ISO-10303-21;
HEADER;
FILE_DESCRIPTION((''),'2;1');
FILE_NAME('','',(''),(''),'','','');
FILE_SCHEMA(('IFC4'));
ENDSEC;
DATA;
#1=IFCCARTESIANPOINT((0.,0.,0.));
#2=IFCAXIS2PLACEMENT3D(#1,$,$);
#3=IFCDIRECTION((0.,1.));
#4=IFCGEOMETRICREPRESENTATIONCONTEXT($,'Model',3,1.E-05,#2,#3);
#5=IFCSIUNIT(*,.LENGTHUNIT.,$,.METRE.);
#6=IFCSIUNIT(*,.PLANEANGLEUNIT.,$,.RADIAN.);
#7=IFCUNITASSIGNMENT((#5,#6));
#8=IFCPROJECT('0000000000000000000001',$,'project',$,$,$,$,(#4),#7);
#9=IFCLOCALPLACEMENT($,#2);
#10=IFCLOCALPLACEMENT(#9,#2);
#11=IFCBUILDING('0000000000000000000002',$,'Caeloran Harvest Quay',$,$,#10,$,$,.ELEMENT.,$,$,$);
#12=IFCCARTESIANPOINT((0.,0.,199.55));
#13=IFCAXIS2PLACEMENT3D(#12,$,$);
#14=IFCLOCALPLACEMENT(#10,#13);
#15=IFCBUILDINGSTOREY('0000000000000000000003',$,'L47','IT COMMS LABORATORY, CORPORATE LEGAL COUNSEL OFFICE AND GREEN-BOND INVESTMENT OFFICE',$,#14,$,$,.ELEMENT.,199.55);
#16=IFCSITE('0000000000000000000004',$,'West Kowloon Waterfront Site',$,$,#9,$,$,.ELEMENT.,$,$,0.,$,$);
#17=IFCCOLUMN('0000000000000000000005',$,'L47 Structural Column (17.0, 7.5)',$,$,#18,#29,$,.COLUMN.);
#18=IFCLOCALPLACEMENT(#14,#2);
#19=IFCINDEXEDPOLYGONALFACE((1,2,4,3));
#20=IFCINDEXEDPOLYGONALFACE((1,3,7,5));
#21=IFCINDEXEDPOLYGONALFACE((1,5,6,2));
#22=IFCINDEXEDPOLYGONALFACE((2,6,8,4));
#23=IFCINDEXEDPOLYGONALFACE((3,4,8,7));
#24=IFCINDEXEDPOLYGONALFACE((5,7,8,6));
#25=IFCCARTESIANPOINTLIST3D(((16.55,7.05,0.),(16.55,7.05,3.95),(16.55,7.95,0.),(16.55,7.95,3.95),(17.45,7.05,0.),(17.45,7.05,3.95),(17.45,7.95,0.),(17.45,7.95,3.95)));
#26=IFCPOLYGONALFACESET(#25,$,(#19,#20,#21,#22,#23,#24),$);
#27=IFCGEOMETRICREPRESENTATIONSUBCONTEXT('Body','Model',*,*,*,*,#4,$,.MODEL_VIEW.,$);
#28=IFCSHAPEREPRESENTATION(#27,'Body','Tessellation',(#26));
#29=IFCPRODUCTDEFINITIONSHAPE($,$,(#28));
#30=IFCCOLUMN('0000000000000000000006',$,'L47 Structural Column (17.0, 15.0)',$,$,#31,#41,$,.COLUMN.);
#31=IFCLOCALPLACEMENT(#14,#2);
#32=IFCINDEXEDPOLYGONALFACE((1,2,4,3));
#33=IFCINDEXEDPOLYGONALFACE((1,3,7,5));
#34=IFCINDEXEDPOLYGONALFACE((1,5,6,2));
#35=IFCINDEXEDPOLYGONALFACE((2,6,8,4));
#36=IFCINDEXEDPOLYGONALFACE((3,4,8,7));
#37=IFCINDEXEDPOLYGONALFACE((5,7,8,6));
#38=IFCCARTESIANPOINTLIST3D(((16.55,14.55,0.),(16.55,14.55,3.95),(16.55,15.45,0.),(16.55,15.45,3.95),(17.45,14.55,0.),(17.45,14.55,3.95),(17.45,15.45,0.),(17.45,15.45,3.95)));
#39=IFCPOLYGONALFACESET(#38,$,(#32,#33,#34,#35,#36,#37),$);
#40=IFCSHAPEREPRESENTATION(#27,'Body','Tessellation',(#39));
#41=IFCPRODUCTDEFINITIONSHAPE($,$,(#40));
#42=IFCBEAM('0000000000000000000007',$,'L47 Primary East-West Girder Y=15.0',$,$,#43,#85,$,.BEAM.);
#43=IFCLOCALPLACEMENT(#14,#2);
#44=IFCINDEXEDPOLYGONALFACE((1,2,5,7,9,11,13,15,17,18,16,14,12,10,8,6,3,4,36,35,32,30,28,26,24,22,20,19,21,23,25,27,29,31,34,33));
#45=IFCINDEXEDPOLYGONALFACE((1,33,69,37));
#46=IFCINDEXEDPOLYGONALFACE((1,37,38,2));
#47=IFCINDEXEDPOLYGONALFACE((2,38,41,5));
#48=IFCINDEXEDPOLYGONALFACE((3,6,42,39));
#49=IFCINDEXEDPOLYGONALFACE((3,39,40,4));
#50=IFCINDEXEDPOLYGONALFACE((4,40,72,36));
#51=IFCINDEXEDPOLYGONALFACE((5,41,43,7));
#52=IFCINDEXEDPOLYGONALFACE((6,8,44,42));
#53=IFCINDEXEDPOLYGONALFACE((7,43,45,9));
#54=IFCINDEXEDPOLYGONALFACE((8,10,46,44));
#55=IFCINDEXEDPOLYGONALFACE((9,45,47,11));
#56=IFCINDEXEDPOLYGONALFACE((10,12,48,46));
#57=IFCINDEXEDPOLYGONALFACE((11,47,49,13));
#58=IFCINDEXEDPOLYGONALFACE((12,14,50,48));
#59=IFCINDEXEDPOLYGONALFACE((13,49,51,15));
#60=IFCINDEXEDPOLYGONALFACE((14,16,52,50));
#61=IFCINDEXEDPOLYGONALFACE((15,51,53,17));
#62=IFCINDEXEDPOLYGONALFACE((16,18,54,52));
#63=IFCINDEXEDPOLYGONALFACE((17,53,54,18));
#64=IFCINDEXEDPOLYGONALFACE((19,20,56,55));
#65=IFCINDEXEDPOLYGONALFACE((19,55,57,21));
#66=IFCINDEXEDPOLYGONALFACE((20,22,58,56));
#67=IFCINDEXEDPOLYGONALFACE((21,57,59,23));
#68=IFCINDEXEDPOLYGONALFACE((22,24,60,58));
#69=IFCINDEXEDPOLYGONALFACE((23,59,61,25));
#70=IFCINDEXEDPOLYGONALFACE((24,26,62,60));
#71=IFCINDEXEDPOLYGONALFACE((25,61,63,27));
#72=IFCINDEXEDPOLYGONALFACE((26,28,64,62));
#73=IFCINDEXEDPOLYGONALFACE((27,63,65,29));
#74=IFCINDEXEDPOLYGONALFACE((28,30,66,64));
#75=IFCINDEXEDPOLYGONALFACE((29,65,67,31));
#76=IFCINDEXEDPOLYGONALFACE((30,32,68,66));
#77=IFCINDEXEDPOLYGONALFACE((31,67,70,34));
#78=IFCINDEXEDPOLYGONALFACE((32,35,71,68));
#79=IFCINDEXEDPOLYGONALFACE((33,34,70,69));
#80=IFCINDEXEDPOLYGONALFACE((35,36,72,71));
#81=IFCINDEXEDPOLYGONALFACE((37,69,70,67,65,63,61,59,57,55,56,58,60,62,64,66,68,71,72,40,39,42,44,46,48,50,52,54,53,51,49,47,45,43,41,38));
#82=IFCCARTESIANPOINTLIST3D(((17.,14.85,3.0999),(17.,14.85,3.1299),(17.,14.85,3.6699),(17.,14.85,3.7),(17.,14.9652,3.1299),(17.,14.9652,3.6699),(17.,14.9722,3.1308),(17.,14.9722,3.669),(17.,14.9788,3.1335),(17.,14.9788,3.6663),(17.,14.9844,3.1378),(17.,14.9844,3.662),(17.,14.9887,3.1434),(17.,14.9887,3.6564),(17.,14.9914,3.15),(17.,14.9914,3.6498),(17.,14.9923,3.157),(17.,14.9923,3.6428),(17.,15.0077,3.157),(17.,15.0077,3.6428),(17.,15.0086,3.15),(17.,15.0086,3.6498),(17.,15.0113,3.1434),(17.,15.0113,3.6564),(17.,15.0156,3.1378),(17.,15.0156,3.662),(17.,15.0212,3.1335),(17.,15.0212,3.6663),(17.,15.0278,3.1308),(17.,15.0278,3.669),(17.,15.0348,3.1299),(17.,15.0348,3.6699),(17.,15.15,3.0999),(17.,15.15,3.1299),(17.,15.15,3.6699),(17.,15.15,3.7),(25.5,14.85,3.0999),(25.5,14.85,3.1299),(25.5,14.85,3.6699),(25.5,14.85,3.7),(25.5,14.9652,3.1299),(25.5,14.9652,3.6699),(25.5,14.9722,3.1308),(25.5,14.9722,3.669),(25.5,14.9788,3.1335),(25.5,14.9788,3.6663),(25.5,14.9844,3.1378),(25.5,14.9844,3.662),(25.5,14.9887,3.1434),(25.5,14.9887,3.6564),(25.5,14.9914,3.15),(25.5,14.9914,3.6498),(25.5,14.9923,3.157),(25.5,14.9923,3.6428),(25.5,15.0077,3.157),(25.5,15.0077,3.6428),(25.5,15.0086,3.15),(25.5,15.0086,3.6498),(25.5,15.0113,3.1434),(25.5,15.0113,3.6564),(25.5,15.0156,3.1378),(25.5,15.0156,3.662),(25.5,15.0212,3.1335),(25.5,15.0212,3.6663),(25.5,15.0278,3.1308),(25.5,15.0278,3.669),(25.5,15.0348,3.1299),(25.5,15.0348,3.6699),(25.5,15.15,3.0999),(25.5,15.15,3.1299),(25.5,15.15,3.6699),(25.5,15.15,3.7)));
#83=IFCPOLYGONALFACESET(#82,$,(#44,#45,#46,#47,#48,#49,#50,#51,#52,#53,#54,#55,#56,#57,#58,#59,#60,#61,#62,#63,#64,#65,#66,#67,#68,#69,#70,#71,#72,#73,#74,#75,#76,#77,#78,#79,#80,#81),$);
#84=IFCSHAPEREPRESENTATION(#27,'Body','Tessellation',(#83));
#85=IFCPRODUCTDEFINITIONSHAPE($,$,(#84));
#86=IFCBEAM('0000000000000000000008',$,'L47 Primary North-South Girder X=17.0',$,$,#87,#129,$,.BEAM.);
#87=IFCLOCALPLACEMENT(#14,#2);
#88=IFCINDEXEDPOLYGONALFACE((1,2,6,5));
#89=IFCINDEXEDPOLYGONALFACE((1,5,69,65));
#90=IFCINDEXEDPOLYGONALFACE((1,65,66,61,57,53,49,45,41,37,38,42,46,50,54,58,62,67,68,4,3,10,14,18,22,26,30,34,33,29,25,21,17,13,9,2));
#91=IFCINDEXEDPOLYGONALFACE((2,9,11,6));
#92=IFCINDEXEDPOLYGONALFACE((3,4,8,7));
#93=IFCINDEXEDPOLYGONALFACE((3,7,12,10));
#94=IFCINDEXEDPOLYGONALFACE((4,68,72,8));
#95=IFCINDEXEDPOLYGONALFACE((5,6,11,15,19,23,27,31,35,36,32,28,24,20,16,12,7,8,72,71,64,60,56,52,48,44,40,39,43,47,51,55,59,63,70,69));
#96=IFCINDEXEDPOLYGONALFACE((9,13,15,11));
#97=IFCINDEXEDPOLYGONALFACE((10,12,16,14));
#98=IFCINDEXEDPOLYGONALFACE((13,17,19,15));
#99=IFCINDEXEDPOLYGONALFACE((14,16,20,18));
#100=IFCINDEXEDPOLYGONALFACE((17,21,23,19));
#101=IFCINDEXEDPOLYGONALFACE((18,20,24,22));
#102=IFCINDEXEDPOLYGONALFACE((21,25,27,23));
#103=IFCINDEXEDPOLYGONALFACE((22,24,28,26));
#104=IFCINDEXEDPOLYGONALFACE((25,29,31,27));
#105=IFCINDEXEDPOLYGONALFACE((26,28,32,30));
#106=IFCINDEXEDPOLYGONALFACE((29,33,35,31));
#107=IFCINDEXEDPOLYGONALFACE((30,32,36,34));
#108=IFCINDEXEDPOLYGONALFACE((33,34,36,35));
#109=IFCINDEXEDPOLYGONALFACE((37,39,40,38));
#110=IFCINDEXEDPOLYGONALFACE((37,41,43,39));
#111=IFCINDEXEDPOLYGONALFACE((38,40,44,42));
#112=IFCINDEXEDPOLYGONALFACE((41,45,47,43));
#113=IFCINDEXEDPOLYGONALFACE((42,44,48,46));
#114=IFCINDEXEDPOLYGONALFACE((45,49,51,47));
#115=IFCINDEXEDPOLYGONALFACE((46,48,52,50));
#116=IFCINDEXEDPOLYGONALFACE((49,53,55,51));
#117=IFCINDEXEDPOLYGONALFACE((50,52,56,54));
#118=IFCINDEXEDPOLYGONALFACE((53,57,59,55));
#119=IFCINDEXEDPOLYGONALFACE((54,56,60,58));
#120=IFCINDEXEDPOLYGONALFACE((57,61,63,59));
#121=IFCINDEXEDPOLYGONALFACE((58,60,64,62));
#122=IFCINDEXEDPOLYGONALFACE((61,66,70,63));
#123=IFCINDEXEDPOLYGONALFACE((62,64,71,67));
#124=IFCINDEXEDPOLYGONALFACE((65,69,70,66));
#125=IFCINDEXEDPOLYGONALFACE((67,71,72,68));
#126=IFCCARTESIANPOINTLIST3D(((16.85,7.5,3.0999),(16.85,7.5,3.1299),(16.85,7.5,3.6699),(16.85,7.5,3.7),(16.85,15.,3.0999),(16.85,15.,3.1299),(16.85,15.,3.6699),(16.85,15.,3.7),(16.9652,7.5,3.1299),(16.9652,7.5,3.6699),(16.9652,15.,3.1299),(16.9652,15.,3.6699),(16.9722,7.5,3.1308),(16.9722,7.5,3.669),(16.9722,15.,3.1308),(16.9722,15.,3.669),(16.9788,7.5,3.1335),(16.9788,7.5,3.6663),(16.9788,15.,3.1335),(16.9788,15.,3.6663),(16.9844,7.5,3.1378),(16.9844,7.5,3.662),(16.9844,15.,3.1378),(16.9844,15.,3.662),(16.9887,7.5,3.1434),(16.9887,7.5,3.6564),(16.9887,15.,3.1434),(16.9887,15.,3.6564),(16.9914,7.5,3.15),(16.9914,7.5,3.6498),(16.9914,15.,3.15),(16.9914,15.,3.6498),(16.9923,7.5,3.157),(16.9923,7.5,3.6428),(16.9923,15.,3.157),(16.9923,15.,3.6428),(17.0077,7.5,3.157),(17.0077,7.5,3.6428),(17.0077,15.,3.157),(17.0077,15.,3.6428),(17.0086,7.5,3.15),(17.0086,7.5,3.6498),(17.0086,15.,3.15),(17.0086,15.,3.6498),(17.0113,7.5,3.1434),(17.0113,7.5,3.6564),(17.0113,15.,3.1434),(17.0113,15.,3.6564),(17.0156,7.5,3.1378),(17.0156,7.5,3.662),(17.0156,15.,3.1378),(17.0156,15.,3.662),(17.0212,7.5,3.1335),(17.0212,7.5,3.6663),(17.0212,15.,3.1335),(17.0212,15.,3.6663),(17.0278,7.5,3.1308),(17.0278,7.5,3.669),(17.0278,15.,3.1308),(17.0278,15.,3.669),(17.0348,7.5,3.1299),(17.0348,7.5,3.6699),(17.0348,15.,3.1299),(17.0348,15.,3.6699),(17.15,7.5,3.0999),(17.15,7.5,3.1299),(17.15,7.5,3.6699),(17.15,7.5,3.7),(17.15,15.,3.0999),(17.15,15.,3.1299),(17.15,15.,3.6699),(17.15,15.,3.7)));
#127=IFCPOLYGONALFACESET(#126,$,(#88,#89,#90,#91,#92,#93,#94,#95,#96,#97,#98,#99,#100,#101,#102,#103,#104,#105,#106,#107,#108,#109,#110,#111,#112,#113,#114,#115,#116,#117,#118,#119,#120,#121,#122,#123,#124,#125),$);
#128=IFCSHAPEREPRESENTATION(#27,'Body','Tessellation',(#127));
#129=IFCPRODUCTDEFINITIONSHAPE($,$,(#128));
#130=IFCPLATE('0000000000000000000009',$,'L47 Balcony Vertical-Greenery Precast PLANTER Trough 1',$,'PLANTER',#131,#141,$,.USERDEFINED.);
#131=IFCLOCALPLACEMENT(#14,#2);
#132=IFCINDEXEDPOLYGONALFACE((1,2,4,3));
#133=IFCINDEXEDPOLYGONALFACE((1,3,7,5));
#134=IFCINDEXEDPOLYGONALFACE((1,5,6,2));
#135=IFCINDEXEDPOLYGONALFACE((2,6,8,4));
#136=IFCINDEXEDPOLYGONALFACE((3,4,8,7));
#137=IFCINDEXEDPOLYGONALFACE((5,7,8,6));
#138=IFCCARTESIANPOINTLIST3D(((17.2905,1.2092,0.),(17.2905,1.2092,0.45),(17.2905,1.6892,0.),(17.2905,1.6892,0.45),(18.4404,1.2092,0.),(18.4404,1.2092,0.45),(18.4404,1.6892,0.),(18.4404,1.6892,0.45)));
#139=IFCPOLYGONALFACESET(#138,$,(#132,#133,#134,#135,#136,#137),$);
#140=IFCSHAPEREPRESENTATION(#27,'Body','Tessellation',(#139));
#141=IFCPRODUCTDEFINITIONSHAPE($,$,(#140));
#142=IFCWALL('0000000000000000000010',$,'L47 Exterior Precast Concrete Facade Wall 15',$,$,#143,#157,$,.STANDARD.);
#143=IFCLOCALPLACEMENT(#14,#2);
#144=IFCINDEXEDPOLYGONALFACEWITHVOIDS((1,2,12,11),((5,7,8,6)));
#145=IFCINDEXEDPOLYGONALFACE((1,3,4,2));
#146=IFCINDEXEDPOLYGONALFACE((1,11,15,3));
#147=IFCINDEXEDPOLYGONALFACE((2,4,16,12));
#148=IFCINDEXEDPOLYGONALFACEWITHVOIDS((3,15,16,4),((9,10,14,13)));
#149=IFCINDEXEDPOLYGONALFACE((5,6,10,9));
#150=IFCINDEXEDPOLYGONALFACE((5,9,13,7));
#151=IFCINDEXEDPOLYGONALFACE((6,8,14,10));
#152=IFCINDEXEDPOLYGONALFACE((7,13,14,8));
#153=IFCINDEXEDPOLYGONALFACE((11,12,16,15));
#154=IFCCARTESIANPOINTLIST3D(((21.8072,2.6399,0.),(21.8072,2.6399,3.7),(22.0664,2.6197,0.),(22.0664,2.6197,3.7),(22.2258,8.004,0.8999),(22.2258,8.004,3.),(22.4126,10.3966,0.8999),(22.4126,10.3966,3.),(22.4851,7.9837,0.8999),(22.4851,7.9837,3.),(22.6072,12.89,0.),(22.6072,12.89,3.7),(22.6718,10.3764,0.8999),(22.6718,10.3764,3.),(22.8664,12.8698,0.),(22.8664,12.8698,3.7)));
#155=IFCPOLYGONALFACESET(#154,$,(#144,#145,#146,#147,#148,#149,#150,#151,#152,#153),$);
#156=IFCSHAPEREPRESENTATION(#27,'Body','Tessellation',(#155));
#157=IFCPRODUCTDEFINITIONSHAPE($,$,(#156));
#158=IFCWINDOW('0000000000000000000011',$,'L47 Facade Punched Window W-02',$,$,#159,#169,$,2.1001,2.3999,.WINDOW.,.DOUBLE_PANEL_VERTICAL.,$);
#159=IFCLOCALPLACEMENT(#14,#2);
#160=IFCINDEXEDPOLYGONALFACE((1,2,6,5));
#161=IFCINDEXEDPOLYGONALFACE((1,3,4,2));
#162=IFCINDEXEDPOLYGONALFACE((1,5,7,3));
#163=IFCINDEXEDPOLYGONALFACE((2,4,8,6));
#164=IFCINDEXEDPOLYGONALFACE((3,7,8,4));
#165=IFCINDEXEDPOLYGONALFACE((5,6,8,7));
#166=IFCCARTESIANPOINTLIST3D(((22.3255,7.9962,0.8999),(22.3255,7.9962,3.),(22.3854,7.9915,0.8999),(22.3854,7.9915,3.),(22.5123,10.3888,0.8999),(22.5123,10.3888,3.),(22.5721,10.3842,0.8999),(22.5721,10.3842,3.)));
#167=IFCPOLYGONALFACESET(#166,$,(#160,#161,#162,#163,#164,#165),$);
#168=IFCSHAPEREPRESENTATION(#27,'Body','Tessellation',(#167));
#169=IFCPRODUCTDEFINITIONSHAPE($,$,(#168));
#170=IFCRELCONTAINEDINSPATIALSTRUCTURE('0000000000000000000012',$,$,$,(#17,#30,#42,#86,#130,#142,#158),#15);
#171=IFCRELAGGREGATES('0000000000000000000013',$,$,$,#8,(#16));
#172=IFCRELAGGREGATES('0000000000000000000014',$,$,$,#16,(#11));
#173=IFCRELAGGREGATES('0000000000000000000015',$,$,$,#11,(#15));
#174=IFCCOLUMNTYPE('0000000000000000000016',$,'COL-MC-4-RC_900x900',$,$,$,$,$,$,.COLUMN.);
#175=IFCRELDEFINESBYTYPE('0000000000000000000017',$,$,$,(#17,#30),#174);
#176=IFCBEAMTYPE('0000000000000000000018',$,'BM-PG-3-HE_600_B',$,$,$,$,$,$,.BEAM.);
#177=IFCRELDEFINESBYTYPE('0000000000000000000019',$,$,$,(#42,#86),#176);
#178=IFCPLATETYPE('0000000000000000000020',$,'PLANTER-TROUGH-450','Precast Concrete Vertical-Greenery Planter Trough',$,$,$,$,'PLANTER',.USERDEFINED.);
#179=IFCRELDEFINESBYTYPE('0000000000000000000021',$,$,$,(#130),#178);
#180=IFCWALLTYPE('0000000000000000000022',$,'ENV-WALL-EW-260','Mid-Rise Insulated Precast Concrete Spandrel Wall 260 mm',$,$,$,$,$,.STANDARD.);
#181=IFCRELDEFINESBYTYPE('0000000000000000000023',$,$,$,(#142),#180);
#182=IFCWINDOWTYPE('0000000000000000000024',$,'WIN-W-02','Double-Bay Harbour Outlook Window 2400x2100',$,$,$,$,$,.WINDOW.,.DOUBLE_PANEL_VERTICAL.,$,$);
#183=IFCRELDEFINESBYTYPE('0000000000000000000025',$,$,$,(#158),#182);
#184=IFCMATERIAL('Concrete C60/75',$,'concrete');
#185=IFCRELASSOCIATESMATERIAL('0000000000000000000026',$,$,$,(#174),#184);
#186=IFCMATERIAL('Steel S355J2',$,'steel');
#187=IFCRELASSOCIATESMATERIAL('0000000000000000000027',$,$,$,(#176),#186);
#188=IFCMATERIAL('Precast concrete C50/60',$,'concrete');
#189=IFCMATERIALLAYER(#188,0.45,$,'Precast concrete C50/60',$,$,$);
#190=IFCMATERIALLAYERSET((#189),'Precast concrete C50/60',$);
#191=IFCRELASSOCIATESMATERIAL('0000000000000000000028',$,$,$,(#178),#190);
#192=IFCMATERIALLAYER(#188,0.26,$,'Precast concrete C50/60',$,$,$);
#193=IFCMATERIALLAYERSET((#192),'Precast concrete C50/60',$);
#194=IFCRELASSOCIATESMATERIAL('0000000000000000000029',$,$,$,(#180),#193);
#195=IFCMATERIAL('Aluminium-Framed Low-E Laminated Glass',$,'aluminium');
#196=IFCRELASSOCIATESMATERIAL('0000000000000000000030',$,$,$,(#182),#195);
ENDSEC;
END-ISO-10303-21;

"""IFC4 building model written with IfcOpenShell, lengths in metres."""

from ifc_helpers import new_model, si_unit, direction, frame, frame_2d, origin, origin_2d, place, context, subcontext, project, spatial, rectangle, i_section, extrude, material, layer, layer_set, material_profile, profile_set, type_object, element, fill, save


model = new_model("IFC4")

# Units and contexts
model_context = context("Model", 3, precision=1e-05, world=origin(), true_north=direction((0.0, 1.0)))
body_context = subcontext(model_context, "Body", "Model", "MODEL_VIEW")
ifc_project = project(units=[si_unit("LENGTHUNIT", "METRE"), si_unit("PLANEANGLEUNIT", "RADIAN")], contexts=[model_context])

# Site, building, storey
site_placement = place(None, origin())
site = spatial("IfcSite", under=ifc_project, at=site_placement, Name="West Kowloon Waterfront Site", CompositionType="ELEMENT", RefElevation=0.0)
building_placement = place(site_placement, origin())
building = spatial("IfcBuilding", under=site, at=building_placement, Name="Caeloran Harvest Quay", CompositionType="ELEMENT")
storey_placement = place(building_placement, frame((0.0, 0.0, 199.55)))
storey = spatial("IfcBuildingStorey", under=building, at=storey_placement, Name="L47", Description="IT COMMS LABORATORY, CORPORATE LEGAL COUNSEL OFFICE AND GREEN-BOND INVESTMENT OFFICE", CompositionType="ELEMENT", Elevation=199.55)

# Columns
ifc_material_1 = material(Name="Concrete C60/75", Category="concrete")
ifc_material_profile_1 = material_profile(ifc_material_1, rectangle(XDim=0.8999, YDim=0.8999, at=origin_2d()), Name="RC 900x900")
ifc_profile_set_1 = profile_set([ifc_material_profile_1], Name="Concrete C60/75")
column_type = type_object("IfcColumnType", Name="COL-MC-4-RC_900x900", PredefinedType="COLUMN", material=ifc_profile_set_1)
for number, where, z_axis, x_axis, name in (
    (1, (17.0, 7.5, 0.0), (0.0, 0.0, 1.0), (1.0, 0.0, 0.0), "L47 Structural Column (17.0, 7.5)"),
    (2, (17.0, 15.0, 0.0), (0.0, 0.0, 1.0), (1.0, 0.0, 0.0), "L47 Structural Column (17.0, 15.0)"),
):
    element("IfcColumn", number, at=place(storey_placement, frame(where, z_axis=z_axis, x_axis=x_axis)), inside=storey, type_object=column_type, Name=name, PredefinedType="COLUMN", context=body_context, shape_type="SweptSolid", body=[
        extrude(rectangle(XDim=0.8999, YDim=0.8999, at=origin_2d()), origin(), (0.0, 0.0, 1.0), 3.95),
    ])

# Beams
ifc_material_2 = material(Name="Steel S355J2", Category="steel")
ifc_material_profile_2 = material_profile(ifc_material_2, i_section(OverallWidth=0.3, OverallDepth=0.6001, WebThickness=0.0154, FlangeThickness=0.03, FilletRadius=0.0271, at=origin_2d()), Name="HE 600 B")
ifc_profile_set_2 = profile_set([ifc_material_profile_2], Name="Steel S355J2")
beam_type = type_object("IfcBeamType", Name="BM-PG-3-HE_600_B", PredefinedType="BEAM", material=ifc_profile_set_2)
beam_1_placement = place(storey_placement, frame((17.0, 15.0, 3.3999), z_axis=(1.0, 0.0, 0.0), x_axis=(0.0, 1.0, 0.0)))
element("IfcBeam", 3, at=beam_1_placement, inside=storey, type_object=beam_type, Name="L47 Primary East-West Girder Y=15.0", PredefinedType="BEAM", context=body_context, shape_type="SweptSolid", body=[
    extrude(i_section(OverallWidth=0.3, OverallDepth=0.6001, WebThickness=0.0154, FlangeThickness=0.03, FilletRadius=0.0271, at=origin_2d()), origin(), (0.0, 0.0, 1.0), 8.5),
])
beam_2_placement = place(storey_placement, frame((17.0, 7.5, 3.3999), z_axis=(0.0, 1.0, 0.0), x_axis=(-1.0, 0.0, 0.0)))
element("IfcBeam", 4, at=beam_2_placement, inside=storey, type_object=beam_type, Name="L47 Primary North-South Girder X=17.0", PredefinedType="BEAM", context=body_context, shape_type="SweptSolid", body=[
    extrude(i_section(OverallWidth=0.3, OverallDepth=0.6001, WebThickness=0.0154, FlangeThickness=0.03, FilletRadius=0.0271, at=origin_2d()), origin(), (0.0, 0.0, 1.0), 7.5),
])

# Plate
ifc_material_3 = material(Name="Precast concrete C50/60", Category="concrete")
ifc_layer_1 = layer(ifc_material_3, 0.45, Name="Precast concrete C50/60")
ifc_layer_set_1 = layer_set([ifc_layer_1], Name="Precast concrete C50/60")
plate_type = type_object("IfcPlateType", Name="PLANTER-TROUGH-450", Description="Precast Concrete Vertical-Greenery Planter Trough", ElementType="PLANTER", PredefinedType="USERDEFINED", material=ifc_layer_set_1)
plate_placement = place(storey_placement, frame((17.8655, 1.4492, 0.0), z_axis=(0.0, 0.0, 1.0), x_axis=(1.0, 0.0, 0.0)))
element("IfcPlate", 5, at=plate_placement, inside=storey, type_object=plate_type, Name="L47 Balcony Vertical-Greenery Precast PLANTER Trough 1", ObjectType="PLANTER", PredefinedType="USERDEFINED", context=body_context, shape_type="SweptSolid", body=[
    extrude(rectangle(XDim=1.1499, YDim=0.48, at=origin_2d()), origin(), (0.0, 0.0, 1.0), 0.45),
])

# Wall, opening, window
ifc_layer_2 = layer(ifc_material_3, 0.26, Name="Precast concrete C50/60")
ifc_layer_set_2 = layer_set([ifc_layer_2], Name="Precast concrete C50/60")
wall_type_1 = type_object("IfcWallType", Name="ENV-WALL-EW-260", Description="Mid-Rise Insulated Precast Concrete Spandrel Wall 260 mm", PredefinedType="STANDARD", material=ifc_layer_set_2)
wall_1_placement = place(storey_placement, frame((22.7368, 12.8799, 0.0), z_axis=(0.0, 0.0, 1.0), x_axis=(-0.077817, -0.996968, 0.0)))
wall_1 = element("IfcWall", 6, at=wall_1_placement, inside=storey, type_object=wall_type_1, Name="L47 Exterior Precast Concrete Facade Wall 15", PredefinedType="STANDARD", context=body_context, shape_type="SweptSolid", body=[
    extrude(rectangle(XDim=10.2812, YDim=0.26, at=frame_2d((5.1406, 0.0))), origin(), (0.0, 0.0, 1.0), 3.7),
])
opening_1_placement = place(wall_1_placement, frame((2.501, 0.0, 0.8999)))
opening_1 = element("IfcOpeningElement", 7, at=opening_1_placement, cuts=wall_1, PredefinedType="OPENING", context=body_context, shape_type="SweptSolid", body=[
    extrude(rectangle(XDim=2.3999, YDim=2.1001, at=frame_2d((1.2, 1.05))), frame((0.0, 0.1401, 0.0), z_axis=(0.0, -1.0, 0.0), x_axis=(1.0, 0.0, 0.0)), (0.0, 0.0, 1.0), 0.28),
])
ifc_material_4 = material(Name="Aluminium-Framed Low-E Laminated Glass", Category="aluminium")
window_type = type_object("IfcWindowType", Name="WIN-W-02", Description="Double-Bay Harbour Outlook Window 2400x2100", PartitioningType="DOUBLE_PANEL_VERTICAL", PredefinedType="WINDOW", material=ifc_material_4)
window_placement = place(opening_1_placement, origin())
window = element("IfcWindow", 8, at=window_placement, inside=storey, type_object=window_type, Name="L47 Facade Punched Window W-02", OverallHeight=2.1001, OverallWidth=2.3999, PartitioningType="DOUBLE_PANEL_VERTICAL", PredefinedType="WINDOW", context=body_context, shape_type="SweptSolid", body=[
    extrude(rectangle(XDim=2.3999, YDim=2.1001, at=frame_2d((1.2, 1.05))), frame((0.0, 0.03, 0.0), z_axis=(0.0, -1.0, 0.0), x_axis=(1.0, 0.0, 0.0)), (0.0, 0.0, 1.0), 0.0601),
])
fill(opening_1, window)

save(model, "model.ifc")
